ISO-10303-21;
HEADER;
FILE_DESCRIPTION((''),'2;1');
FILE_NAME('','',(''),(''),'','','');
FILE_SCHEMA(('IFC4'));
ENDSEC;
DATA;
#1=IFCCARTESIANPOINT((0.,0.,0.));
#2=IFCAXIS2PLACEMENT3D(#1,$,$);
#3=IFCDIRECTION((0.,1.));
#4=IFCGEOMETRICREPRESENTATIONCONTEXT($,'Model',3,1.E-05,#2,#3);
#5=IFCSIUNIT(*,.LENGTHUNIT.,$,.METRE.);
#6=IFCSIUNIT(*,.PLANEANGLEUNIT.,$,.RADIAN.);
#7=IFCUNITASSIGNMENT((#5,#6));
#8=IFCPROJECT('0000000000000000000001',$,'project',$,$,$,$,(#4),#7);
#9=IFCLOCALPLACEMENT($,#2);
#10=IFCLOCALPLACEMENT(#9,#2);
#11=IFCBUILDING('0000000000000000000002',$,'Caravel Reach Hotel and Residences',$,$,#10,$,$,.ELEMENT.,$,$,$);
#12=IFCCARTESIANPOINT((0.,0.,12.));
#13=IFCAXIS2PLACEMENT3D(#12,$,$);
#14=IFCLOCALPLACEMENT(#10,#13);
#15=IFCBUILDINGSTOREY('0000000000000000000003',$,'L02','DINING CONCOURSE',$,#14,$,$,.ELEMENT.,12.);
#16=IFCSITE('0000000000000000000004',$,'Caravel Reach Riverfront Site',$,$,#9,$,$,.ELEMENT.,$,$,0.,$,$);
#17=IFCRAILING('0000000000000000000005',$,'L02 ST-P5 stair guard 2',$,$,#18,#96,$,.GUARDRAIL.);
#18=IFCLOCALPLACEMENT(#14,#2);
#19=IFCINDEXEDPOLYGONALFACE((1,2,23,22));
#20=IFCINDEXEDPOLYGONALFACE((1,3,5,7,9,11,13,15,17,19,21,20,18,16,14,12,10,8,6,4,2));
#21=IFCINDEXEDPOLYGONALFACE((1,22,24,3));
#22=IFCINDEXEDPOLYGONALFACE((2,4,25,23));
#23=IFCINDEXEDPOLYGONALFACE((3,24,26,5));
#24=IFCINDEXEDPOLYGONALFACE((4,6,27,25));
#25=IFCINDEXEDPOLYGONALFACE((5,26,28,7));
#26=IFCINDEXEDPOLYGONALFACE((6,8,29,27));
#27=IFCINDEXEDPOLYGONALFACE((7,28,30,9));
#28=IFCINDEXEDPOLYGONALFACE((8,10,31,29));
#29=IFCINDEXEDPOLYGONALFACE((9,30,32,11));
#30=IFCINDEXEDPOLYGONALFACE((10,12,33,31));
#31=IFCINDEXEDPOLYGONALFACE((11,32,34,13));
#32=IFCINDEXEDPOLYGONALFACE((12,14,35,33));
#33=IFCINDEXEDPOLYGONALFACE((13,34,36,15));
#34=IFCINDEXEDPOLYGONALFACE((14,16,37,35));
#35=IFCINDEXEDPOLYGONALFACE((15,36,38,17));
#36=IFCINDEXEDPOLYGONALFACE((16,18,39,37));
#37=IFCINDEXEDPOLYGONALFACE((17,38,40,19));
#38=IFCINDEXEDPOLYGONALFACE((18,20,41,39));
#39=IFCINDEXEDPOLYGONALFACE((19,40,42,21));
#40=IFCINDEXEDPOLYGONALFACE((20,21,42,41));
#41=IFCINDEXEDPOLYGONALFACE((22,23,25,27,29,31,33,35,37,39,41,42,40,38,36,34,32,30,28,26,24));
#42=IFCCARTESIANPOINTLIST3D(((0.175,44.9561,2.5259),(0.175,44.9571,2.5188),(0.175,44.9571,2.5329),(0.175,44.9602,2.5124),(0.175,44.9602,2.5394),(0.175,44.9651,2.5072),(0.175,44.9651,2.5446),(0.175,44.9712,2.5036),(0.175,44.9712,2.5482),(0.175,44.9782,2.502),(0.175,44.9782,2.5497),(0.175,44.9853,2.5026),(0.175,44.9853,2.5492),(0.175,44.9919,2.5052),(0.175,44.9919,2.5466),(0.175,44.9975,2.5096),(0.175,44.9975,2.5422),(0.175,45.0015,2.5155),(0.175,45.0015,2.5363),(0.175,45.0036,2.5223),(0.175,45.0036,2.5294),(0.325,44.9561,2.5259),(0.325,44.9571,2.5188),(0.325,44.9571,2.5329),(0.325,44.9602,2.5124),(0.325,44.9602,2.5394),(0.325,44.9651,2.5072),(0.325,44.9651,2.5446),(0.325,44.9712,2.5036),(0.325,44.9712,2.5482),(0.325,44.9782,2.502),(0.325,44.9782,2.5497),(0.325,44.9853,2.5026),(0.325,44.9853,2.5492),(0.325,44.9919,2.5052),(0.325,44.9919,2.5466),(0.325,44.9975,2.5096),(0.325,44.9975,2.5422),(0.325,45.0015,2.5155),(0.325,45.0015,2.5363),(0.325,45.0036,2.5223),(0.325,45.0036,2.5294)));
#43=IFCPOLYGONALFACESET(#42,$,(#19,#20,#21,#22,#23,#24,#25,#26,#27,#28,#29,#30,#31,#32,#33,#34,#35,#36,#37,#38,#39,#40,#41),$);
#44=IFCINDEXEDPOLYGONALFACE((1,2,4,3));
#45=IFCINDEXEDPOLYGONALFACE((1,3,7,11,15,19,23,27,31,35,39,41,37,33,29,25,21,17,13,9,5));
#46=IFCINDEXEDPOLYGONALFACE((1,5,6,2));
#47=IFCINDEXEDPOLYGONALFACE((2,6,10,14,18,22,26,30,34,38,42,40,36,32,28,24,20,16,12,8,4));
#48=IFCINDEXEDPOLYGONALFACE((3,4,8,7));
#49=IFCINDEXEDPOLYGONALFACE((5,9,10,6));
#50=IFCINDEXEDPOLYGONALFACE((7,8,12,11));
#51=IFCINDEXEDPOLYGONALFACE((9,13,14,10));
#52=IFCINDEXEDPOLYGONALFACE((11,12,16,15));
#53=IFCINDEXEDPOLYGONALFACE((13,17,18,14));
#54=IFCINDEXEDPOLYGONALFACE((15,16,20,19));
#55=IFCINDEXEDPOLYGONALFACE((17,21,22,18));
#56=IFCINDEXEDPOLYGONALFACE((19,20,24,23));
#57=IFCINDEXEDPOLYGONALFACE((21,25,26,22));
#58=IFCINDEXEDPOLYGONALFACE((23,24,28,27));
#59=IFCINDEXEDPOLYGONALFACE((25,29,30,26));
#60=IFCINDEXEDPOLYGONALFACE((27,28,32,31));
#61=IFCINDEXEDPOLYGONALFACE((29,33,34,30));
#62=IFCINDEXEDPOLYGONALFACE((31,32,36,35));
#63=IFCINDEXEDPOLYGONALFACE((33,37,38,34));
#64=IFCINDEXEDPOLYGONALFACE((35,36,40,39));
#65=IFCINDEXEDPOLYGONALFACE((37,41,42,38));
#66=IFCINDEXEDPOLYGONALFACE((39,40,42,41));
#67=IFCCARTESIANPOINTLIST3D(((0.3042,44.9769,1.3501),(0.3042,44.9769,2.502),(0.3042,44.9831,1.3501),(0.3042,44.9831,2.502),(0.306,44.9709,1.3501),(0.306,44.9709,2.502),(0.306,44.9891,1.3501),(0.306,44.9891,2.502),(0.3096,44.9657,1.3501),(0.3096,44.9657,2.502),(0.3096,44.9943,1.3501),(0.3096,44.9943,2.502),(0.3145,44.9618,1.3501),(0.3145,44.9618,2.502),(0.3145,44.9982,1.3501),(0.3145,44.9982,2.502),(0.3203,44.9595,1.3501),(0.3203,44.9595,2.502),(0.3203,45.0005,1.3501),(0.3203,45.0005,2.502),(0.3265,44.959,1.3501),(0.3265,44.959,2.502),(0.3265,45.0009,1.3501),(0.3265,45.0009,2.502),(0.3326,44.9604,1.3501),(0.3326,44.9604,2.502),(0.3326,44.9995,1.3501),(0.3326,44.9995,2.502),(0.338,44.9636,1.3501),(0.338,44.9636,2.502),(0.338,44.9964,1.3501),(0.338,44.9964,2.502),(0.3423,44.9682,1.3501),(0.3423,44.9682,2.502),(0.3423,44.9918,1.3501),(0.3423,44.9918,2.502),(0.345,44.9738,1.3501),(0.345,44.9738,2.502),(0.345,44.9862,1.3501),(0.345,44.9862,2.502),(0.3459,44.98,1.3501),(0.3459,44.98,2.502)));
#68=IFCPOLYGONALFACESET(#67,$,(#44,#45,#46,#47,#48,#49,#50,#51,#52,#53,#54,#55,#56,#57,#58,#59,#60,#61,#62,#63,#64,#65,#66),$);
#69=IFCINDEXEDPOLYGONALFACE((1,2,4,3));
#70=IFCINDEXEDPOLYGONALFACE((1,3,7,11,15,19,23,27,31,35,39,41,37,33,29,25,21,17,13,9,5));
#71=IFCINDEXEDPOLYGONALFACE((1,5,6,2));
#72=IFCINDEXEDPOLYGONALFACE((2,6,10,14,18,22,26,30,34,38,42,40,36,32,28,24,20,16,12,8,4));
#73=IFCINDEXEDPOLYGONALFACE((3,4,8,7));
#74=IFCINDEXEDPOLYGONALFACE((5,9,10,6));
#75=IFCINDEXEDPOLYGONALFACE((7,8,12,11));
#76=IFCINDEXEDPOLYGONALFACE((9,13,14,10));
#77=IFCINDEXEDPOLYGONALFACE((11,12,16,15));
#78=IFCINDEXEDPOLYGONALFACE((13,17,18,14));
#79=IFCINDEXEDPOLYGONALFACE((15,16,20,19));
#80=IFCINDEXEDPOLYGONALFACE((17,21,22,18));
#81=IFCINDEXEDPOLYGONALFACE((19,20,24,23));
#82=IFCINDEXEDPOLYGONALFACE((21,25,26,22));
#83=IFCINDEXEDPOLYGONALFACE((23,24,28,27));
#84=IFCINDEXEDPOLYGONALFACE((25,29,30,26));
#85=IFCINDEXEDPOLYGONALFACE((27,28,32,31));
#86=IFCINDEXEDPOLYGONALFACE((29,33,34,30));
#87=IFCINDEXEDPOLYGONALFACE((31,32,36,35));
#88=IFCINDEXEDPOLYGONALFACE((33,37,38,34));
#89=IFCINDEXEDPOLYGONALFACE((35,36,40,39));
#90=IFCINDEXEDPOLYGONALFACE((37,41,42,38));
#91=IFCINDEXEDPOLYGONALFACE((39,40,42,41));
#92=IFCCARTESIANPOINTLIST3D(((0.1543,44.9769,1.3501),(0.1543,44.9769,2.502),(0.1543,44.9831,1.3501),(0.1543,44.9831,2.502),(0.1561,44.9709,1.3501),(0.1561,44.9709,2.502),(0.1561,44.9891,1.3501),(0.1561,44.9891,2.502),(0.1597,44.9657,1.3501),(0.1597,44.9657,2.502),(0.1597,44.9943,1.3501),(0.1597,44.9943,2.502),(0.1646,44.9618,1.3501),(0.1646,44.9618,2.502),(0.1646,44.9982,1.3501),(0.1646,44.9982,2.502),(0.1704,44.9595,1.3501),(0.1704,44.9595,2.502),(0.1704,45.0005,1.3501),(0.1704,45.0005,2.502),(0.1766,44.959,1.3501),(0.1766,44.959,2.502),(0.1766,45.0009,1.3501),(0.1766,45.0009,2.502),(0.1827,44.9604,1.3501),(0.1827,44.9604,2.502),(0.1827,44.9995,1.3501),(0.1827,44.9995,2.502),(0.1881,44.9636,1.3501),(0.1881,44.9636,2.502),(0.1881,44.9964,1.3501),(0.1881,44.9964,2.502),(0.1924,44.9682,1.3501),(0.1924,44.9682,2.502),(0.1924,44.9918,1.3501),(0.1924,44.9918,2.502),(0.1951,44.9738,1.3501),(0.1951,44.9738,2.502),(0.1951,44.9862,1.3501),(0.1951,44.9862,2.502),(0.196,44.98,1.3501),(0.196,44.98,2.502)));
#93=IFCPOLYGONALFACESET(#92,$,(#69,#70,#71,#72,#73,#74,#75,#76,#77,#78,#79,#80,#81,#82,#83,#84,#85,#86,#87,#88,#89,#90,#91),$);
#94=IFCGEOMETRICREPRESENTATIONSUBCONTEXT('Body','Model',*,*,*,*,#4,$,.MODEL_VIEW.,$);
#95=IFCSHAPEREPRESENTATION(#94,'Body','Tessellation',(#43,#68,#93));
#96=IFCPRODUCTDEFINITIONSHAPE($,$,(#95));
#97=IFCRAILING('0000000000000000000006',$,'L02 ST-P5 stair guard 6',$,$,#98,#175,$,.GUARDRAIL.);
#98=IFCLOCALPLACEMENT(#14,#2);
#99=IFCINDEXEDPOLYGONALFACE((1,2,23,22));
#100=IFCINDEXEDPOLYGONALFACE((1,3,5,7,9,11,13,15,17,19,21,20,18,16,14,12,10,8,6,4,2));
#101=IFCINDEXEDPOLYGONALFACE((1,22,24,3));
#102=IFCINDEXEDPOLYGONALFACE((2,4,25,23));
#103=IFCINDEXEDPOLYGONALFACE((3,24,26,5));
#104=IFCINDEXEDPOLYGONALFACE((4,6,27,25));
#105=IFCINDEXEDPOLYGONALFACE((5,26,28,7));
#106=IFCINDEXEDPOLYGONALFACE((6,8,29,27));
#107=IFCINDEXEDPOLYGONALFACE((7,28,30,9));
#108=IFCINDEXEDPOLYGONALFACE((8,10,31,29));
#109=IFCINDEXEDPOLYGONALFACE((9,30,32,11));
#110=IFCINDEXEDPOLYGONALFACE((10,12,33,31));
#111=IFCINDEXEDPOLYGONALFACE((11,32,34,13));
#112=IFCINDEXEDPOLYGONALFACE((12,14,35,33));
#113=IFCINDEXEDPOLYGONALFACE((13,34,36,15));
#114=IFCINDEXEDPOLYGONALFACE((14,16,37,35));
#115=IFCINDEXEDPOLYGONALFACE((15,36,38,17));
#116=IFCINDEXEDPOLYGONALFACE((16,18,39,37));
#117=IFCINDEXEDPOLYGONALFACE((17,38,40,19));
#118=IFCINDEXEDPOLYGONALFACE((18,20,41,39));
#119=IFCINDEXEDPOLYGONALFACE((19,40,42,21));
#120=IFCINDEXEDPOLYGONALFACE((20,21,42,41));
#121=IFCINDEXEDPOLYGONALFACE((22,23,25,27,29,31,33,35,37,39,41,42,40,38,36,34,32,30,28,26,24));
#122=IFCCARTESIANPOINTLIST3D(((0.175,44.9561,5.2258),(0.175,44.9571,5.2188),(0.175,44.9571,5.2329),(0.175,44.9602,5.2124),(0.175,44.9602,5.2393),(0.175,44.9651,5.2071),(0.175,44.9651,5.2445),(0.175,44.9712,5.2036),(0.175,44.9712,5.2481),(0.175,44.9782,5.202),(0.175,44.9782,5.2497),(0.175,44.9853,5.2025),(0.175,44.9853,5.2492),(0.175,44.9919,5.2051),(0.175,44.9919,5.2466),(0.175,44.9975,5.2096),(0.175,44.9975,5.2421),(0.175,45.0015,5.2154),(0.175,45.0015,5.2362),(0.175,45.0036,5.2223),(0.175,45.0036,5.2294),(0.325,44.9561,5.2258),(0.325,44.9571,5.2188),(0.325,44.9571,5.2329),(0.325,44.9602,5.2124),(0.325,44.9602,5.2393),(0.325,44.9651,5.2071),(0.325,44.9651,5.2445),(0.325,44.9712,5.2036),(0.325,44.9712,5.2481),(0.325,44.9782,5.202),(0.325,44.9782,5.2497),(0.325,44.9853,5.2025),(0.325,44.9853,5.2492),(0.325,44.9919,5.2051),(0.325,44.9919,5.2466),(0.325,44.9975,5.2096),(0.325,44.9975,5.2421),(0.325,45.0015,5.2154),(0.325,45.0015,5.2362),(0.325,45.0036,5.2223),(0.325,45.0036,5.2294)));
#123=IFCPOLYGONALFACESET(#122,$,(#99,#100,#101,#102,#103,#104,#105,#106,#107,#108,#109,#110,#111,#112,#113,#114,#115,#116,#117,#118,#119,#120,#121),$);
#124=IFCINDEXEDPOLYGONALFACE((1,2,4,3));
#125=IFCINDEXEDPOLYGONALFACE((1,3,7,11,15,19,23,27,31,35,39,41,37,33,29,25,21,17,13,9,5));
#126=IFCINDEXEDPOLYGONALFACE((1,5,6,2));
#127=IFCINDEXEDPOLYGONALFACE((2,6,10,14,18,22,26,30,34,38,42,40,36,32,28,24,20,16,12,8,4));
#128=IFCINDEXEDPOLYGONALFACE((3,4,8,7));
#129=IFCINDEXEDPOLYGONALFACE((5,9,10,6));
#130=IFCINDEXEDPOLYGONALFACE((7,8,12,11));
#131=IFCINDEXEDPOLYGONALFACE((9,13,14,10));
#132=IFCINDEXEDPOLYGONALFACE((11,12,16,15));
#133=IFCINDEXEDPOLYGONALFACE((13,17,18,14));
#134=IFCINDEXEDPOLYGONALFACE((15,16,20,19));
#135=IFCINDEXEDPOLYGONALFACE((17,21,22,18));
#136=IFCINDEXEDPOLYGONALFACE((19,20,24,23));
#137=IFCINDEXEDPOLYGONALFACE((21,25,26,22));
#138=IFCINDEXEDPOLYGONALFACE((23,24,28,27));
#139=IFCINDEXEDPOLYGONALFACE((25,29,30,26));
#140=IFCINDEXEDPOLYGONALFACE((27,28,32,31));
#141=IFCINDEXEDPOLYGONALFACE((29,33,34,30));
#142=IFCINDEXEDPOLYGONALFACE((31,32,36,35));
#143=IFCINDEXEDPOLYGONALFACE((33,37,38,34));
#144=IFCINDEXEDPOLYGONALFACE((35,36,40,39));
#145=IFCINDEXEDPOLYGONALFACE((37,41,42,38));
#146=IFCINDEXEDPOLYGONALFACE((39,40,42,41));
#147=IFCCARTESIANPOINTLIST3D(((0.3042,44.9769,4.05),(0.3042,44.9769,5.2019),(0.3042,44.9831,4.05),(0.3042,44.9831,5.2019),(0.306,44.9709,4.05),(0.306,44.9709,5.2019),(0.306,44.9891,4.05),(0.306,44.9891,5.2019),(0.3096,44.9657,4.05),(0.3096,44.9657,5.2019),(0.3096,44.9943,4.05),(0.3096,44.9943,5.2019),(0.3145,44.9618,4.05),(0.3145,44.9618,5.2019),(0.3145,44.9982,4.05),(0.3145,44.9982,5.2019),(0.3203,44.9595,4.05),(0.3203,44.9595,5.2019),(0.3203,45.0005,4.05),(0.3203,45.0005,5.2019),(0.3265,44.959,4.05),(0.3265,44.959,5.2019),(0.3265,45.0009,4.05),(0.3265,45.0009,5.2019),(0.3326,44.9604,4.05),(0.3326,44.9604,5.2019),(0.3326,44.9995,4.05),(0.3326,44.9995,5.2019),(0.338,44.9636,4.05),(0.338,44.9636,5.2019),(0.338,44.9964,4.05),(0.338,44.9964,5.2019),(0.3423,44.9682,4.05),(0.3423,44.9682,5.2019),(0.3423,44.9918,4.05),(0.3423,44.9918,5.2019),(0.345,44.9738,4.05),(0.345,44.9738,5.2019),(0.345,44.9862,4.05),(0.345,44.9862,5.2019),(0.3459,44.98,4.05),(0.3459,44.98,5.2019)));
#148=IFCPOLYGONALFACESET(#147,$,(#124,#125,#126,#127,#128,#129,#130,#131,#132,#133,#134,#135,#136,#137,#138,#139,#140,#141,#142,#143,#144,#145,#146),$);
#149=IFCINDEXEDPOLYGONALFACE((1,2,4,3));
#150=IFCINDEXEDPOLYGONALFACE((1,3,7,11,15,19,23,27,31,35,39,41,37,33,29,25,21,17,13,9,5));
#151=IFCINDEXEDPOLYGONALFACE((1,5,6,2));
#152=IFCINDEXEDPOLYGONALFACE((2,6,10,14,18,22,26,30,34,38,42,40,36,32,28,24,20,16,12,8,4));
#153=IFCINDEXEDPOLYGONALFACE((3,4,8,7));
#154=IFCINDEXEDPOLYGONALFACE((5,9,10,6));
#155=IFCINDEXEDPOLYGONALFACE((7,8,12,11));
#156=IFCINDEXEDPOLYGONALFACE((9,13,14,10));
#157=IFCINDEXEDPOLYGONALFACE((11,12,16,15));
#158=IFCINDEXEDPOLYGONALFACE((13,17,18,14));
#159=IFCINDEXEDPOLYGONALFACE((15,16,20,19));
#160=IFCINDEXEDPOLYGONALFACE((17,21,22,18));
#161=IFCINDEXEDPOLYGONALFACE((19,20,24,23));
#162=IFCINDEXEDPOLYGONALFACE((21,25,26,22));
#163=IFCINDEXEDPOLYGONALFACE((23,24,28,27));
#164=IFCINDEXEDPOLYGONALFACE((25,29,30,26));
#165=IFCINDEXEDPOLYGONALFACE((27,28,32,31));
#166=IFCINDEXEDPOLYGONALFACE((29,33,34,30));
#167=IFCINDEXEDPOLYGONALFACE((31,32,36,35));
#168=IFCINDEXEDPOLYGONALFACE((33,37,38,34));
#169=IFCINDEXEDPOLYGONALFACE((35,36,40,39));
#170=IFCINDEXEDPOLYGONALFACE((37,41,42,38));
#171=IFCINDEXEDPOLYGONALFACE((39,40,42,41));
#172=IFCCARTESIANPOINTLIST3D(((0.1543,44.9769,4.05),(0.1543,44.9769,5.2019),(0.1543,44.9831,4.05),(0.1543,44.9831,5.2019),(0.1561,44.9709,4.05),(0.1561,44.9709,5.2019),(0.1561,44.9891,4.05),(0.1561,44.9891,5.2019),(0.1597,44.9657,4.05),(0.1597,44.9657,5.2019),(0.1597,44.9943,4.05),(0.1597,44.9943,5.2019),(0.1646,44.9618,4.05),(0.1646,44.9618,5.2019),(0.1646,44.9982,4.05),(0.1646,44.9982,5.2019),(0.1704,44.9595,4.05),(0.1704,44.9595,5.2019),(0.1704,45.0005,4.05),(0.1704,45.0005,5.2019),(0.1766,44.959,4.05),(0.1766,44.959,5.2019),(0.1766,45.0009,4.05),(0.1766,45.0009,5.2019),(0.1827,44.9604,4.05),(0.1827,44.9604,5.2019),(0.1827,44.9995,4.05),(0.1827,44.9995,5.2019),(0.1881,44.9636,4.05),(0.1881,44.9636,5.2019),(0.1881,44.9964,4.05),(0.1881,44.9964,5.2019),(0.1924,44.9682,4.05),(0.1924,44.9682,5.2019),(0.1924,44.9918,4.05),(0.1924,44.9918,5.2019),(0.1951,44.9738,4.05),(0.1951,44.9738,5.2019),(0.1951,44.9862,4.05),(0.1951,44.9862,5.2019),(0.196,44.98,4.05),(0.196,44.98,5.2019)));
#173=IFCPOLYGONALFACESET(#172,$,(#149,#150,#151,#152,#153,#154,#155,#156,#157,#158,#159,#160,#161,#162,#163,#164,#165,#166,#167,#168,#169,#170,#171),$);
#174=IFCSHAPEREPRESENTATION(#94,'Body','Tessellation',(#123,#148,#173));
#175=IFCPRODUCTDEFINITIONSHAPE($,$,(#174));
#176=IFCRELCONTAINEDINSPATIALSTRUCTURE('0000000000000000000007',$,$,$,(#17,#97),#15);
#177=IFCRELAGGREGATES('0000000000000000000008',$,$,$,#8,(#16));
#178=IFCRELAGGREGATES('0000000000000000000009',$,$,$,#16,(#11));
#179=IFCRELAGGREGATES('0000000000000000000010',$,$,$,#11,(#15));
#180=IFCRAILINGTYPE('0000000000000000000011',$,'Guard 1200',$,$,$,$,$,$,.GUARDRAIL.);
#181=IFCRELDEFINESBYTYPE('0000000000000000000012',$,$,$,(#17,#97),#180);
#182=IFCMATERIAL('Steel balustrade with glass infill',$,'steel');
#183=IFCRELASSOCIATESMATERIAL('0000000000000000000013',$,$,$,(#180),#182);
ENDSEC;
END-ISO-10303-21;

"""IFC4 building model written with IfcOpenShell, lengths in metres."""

from ifc_helpers import new_model, si_unit, direction, frame, origin, origin_2d, place, context, subcontext, project, spatial, circle, extrude, material, type_object, element, save


model = new_model("IFC4")

# Units and contexts
model_context = context("Model", 3, precision=1e-05, world=origin(), true_north=direction((0.0, 1.0)))
body_context = subcontext(model_context, "Body", "Model", "MODEL_VIEW")
ifc_project = project(units=[si_unit("LENGTHUNIT", "METRE"), si_unit("PLANEANGLEUNIT", "RADIAN")], contexts=[model_context])

# Site, building, storey
site_placement = place(None, origin())
site = spatial("IfcSite", under=ifc_project, at=site_placement, Name="Caravel Reach Riverfront Site", CompositionType="ELEMENT", RefElevation=0.0)
building_placement = place(site_placement, origin())
building = spatial("IfcBuilding", under=site, at=building_placement, Name="Caravel Reach Hotel and Residences", CompositionType="ELEMENT")
storey_placement = place(building_placement, frame((0.0, 0.0, 12.0)))
storey = spatial("IfcBuildingStorey", under=building, at=storey_placement, Name="L02", Description="DINING CONCOURSE", CompositionType="ELEMENT", Elevation=12.0)

# Railings
ifc_material_1 = material(Name="Steel balustrade with glass infill", Category="steel")
railing_type = type_object("IfcRailingType", Name="Guard 1200", PredefinedType="GUARDRAIL", material=ifc_material_1)
for number, where, name in (
    (1, (0.325, 44.98, 1.3501), "L02 ST-P5 stair guard 2"),
    (2, (0.325, 44.98, 4.05), "L02 ST-P5 stair guard 6"),
):
    element("IfcRailing", number, at=place(storey_placement, frame(where)), inside=storey, type_object=railing_type, Name=name, PredefinedType="GUARDRAIL", context=body_context, shape_type="SweptSolid", body=[
        extrude(circle(Radius=0.0239, at=origin_2d()), frame((0.0, 0.0, 1.1758), z_axis=(-1.0, 0.0, 0.0), x_axis=(0.0, -1.0, 0.0)), (0.0, 0.0, 1.0), 0.1499),
        extrude(circle(Radius=0.021, at=origin_2d()), origin(), (0.0, 0.0, 1.0), 1.1519),
        extrude(circle(Radius=0.021, at=origin_2d()), frame((-0.1499, 0.0, 0.0)), (0.0, 0.0, 1.0), 1.1519),
    ])

save(model, "model.ifc")
